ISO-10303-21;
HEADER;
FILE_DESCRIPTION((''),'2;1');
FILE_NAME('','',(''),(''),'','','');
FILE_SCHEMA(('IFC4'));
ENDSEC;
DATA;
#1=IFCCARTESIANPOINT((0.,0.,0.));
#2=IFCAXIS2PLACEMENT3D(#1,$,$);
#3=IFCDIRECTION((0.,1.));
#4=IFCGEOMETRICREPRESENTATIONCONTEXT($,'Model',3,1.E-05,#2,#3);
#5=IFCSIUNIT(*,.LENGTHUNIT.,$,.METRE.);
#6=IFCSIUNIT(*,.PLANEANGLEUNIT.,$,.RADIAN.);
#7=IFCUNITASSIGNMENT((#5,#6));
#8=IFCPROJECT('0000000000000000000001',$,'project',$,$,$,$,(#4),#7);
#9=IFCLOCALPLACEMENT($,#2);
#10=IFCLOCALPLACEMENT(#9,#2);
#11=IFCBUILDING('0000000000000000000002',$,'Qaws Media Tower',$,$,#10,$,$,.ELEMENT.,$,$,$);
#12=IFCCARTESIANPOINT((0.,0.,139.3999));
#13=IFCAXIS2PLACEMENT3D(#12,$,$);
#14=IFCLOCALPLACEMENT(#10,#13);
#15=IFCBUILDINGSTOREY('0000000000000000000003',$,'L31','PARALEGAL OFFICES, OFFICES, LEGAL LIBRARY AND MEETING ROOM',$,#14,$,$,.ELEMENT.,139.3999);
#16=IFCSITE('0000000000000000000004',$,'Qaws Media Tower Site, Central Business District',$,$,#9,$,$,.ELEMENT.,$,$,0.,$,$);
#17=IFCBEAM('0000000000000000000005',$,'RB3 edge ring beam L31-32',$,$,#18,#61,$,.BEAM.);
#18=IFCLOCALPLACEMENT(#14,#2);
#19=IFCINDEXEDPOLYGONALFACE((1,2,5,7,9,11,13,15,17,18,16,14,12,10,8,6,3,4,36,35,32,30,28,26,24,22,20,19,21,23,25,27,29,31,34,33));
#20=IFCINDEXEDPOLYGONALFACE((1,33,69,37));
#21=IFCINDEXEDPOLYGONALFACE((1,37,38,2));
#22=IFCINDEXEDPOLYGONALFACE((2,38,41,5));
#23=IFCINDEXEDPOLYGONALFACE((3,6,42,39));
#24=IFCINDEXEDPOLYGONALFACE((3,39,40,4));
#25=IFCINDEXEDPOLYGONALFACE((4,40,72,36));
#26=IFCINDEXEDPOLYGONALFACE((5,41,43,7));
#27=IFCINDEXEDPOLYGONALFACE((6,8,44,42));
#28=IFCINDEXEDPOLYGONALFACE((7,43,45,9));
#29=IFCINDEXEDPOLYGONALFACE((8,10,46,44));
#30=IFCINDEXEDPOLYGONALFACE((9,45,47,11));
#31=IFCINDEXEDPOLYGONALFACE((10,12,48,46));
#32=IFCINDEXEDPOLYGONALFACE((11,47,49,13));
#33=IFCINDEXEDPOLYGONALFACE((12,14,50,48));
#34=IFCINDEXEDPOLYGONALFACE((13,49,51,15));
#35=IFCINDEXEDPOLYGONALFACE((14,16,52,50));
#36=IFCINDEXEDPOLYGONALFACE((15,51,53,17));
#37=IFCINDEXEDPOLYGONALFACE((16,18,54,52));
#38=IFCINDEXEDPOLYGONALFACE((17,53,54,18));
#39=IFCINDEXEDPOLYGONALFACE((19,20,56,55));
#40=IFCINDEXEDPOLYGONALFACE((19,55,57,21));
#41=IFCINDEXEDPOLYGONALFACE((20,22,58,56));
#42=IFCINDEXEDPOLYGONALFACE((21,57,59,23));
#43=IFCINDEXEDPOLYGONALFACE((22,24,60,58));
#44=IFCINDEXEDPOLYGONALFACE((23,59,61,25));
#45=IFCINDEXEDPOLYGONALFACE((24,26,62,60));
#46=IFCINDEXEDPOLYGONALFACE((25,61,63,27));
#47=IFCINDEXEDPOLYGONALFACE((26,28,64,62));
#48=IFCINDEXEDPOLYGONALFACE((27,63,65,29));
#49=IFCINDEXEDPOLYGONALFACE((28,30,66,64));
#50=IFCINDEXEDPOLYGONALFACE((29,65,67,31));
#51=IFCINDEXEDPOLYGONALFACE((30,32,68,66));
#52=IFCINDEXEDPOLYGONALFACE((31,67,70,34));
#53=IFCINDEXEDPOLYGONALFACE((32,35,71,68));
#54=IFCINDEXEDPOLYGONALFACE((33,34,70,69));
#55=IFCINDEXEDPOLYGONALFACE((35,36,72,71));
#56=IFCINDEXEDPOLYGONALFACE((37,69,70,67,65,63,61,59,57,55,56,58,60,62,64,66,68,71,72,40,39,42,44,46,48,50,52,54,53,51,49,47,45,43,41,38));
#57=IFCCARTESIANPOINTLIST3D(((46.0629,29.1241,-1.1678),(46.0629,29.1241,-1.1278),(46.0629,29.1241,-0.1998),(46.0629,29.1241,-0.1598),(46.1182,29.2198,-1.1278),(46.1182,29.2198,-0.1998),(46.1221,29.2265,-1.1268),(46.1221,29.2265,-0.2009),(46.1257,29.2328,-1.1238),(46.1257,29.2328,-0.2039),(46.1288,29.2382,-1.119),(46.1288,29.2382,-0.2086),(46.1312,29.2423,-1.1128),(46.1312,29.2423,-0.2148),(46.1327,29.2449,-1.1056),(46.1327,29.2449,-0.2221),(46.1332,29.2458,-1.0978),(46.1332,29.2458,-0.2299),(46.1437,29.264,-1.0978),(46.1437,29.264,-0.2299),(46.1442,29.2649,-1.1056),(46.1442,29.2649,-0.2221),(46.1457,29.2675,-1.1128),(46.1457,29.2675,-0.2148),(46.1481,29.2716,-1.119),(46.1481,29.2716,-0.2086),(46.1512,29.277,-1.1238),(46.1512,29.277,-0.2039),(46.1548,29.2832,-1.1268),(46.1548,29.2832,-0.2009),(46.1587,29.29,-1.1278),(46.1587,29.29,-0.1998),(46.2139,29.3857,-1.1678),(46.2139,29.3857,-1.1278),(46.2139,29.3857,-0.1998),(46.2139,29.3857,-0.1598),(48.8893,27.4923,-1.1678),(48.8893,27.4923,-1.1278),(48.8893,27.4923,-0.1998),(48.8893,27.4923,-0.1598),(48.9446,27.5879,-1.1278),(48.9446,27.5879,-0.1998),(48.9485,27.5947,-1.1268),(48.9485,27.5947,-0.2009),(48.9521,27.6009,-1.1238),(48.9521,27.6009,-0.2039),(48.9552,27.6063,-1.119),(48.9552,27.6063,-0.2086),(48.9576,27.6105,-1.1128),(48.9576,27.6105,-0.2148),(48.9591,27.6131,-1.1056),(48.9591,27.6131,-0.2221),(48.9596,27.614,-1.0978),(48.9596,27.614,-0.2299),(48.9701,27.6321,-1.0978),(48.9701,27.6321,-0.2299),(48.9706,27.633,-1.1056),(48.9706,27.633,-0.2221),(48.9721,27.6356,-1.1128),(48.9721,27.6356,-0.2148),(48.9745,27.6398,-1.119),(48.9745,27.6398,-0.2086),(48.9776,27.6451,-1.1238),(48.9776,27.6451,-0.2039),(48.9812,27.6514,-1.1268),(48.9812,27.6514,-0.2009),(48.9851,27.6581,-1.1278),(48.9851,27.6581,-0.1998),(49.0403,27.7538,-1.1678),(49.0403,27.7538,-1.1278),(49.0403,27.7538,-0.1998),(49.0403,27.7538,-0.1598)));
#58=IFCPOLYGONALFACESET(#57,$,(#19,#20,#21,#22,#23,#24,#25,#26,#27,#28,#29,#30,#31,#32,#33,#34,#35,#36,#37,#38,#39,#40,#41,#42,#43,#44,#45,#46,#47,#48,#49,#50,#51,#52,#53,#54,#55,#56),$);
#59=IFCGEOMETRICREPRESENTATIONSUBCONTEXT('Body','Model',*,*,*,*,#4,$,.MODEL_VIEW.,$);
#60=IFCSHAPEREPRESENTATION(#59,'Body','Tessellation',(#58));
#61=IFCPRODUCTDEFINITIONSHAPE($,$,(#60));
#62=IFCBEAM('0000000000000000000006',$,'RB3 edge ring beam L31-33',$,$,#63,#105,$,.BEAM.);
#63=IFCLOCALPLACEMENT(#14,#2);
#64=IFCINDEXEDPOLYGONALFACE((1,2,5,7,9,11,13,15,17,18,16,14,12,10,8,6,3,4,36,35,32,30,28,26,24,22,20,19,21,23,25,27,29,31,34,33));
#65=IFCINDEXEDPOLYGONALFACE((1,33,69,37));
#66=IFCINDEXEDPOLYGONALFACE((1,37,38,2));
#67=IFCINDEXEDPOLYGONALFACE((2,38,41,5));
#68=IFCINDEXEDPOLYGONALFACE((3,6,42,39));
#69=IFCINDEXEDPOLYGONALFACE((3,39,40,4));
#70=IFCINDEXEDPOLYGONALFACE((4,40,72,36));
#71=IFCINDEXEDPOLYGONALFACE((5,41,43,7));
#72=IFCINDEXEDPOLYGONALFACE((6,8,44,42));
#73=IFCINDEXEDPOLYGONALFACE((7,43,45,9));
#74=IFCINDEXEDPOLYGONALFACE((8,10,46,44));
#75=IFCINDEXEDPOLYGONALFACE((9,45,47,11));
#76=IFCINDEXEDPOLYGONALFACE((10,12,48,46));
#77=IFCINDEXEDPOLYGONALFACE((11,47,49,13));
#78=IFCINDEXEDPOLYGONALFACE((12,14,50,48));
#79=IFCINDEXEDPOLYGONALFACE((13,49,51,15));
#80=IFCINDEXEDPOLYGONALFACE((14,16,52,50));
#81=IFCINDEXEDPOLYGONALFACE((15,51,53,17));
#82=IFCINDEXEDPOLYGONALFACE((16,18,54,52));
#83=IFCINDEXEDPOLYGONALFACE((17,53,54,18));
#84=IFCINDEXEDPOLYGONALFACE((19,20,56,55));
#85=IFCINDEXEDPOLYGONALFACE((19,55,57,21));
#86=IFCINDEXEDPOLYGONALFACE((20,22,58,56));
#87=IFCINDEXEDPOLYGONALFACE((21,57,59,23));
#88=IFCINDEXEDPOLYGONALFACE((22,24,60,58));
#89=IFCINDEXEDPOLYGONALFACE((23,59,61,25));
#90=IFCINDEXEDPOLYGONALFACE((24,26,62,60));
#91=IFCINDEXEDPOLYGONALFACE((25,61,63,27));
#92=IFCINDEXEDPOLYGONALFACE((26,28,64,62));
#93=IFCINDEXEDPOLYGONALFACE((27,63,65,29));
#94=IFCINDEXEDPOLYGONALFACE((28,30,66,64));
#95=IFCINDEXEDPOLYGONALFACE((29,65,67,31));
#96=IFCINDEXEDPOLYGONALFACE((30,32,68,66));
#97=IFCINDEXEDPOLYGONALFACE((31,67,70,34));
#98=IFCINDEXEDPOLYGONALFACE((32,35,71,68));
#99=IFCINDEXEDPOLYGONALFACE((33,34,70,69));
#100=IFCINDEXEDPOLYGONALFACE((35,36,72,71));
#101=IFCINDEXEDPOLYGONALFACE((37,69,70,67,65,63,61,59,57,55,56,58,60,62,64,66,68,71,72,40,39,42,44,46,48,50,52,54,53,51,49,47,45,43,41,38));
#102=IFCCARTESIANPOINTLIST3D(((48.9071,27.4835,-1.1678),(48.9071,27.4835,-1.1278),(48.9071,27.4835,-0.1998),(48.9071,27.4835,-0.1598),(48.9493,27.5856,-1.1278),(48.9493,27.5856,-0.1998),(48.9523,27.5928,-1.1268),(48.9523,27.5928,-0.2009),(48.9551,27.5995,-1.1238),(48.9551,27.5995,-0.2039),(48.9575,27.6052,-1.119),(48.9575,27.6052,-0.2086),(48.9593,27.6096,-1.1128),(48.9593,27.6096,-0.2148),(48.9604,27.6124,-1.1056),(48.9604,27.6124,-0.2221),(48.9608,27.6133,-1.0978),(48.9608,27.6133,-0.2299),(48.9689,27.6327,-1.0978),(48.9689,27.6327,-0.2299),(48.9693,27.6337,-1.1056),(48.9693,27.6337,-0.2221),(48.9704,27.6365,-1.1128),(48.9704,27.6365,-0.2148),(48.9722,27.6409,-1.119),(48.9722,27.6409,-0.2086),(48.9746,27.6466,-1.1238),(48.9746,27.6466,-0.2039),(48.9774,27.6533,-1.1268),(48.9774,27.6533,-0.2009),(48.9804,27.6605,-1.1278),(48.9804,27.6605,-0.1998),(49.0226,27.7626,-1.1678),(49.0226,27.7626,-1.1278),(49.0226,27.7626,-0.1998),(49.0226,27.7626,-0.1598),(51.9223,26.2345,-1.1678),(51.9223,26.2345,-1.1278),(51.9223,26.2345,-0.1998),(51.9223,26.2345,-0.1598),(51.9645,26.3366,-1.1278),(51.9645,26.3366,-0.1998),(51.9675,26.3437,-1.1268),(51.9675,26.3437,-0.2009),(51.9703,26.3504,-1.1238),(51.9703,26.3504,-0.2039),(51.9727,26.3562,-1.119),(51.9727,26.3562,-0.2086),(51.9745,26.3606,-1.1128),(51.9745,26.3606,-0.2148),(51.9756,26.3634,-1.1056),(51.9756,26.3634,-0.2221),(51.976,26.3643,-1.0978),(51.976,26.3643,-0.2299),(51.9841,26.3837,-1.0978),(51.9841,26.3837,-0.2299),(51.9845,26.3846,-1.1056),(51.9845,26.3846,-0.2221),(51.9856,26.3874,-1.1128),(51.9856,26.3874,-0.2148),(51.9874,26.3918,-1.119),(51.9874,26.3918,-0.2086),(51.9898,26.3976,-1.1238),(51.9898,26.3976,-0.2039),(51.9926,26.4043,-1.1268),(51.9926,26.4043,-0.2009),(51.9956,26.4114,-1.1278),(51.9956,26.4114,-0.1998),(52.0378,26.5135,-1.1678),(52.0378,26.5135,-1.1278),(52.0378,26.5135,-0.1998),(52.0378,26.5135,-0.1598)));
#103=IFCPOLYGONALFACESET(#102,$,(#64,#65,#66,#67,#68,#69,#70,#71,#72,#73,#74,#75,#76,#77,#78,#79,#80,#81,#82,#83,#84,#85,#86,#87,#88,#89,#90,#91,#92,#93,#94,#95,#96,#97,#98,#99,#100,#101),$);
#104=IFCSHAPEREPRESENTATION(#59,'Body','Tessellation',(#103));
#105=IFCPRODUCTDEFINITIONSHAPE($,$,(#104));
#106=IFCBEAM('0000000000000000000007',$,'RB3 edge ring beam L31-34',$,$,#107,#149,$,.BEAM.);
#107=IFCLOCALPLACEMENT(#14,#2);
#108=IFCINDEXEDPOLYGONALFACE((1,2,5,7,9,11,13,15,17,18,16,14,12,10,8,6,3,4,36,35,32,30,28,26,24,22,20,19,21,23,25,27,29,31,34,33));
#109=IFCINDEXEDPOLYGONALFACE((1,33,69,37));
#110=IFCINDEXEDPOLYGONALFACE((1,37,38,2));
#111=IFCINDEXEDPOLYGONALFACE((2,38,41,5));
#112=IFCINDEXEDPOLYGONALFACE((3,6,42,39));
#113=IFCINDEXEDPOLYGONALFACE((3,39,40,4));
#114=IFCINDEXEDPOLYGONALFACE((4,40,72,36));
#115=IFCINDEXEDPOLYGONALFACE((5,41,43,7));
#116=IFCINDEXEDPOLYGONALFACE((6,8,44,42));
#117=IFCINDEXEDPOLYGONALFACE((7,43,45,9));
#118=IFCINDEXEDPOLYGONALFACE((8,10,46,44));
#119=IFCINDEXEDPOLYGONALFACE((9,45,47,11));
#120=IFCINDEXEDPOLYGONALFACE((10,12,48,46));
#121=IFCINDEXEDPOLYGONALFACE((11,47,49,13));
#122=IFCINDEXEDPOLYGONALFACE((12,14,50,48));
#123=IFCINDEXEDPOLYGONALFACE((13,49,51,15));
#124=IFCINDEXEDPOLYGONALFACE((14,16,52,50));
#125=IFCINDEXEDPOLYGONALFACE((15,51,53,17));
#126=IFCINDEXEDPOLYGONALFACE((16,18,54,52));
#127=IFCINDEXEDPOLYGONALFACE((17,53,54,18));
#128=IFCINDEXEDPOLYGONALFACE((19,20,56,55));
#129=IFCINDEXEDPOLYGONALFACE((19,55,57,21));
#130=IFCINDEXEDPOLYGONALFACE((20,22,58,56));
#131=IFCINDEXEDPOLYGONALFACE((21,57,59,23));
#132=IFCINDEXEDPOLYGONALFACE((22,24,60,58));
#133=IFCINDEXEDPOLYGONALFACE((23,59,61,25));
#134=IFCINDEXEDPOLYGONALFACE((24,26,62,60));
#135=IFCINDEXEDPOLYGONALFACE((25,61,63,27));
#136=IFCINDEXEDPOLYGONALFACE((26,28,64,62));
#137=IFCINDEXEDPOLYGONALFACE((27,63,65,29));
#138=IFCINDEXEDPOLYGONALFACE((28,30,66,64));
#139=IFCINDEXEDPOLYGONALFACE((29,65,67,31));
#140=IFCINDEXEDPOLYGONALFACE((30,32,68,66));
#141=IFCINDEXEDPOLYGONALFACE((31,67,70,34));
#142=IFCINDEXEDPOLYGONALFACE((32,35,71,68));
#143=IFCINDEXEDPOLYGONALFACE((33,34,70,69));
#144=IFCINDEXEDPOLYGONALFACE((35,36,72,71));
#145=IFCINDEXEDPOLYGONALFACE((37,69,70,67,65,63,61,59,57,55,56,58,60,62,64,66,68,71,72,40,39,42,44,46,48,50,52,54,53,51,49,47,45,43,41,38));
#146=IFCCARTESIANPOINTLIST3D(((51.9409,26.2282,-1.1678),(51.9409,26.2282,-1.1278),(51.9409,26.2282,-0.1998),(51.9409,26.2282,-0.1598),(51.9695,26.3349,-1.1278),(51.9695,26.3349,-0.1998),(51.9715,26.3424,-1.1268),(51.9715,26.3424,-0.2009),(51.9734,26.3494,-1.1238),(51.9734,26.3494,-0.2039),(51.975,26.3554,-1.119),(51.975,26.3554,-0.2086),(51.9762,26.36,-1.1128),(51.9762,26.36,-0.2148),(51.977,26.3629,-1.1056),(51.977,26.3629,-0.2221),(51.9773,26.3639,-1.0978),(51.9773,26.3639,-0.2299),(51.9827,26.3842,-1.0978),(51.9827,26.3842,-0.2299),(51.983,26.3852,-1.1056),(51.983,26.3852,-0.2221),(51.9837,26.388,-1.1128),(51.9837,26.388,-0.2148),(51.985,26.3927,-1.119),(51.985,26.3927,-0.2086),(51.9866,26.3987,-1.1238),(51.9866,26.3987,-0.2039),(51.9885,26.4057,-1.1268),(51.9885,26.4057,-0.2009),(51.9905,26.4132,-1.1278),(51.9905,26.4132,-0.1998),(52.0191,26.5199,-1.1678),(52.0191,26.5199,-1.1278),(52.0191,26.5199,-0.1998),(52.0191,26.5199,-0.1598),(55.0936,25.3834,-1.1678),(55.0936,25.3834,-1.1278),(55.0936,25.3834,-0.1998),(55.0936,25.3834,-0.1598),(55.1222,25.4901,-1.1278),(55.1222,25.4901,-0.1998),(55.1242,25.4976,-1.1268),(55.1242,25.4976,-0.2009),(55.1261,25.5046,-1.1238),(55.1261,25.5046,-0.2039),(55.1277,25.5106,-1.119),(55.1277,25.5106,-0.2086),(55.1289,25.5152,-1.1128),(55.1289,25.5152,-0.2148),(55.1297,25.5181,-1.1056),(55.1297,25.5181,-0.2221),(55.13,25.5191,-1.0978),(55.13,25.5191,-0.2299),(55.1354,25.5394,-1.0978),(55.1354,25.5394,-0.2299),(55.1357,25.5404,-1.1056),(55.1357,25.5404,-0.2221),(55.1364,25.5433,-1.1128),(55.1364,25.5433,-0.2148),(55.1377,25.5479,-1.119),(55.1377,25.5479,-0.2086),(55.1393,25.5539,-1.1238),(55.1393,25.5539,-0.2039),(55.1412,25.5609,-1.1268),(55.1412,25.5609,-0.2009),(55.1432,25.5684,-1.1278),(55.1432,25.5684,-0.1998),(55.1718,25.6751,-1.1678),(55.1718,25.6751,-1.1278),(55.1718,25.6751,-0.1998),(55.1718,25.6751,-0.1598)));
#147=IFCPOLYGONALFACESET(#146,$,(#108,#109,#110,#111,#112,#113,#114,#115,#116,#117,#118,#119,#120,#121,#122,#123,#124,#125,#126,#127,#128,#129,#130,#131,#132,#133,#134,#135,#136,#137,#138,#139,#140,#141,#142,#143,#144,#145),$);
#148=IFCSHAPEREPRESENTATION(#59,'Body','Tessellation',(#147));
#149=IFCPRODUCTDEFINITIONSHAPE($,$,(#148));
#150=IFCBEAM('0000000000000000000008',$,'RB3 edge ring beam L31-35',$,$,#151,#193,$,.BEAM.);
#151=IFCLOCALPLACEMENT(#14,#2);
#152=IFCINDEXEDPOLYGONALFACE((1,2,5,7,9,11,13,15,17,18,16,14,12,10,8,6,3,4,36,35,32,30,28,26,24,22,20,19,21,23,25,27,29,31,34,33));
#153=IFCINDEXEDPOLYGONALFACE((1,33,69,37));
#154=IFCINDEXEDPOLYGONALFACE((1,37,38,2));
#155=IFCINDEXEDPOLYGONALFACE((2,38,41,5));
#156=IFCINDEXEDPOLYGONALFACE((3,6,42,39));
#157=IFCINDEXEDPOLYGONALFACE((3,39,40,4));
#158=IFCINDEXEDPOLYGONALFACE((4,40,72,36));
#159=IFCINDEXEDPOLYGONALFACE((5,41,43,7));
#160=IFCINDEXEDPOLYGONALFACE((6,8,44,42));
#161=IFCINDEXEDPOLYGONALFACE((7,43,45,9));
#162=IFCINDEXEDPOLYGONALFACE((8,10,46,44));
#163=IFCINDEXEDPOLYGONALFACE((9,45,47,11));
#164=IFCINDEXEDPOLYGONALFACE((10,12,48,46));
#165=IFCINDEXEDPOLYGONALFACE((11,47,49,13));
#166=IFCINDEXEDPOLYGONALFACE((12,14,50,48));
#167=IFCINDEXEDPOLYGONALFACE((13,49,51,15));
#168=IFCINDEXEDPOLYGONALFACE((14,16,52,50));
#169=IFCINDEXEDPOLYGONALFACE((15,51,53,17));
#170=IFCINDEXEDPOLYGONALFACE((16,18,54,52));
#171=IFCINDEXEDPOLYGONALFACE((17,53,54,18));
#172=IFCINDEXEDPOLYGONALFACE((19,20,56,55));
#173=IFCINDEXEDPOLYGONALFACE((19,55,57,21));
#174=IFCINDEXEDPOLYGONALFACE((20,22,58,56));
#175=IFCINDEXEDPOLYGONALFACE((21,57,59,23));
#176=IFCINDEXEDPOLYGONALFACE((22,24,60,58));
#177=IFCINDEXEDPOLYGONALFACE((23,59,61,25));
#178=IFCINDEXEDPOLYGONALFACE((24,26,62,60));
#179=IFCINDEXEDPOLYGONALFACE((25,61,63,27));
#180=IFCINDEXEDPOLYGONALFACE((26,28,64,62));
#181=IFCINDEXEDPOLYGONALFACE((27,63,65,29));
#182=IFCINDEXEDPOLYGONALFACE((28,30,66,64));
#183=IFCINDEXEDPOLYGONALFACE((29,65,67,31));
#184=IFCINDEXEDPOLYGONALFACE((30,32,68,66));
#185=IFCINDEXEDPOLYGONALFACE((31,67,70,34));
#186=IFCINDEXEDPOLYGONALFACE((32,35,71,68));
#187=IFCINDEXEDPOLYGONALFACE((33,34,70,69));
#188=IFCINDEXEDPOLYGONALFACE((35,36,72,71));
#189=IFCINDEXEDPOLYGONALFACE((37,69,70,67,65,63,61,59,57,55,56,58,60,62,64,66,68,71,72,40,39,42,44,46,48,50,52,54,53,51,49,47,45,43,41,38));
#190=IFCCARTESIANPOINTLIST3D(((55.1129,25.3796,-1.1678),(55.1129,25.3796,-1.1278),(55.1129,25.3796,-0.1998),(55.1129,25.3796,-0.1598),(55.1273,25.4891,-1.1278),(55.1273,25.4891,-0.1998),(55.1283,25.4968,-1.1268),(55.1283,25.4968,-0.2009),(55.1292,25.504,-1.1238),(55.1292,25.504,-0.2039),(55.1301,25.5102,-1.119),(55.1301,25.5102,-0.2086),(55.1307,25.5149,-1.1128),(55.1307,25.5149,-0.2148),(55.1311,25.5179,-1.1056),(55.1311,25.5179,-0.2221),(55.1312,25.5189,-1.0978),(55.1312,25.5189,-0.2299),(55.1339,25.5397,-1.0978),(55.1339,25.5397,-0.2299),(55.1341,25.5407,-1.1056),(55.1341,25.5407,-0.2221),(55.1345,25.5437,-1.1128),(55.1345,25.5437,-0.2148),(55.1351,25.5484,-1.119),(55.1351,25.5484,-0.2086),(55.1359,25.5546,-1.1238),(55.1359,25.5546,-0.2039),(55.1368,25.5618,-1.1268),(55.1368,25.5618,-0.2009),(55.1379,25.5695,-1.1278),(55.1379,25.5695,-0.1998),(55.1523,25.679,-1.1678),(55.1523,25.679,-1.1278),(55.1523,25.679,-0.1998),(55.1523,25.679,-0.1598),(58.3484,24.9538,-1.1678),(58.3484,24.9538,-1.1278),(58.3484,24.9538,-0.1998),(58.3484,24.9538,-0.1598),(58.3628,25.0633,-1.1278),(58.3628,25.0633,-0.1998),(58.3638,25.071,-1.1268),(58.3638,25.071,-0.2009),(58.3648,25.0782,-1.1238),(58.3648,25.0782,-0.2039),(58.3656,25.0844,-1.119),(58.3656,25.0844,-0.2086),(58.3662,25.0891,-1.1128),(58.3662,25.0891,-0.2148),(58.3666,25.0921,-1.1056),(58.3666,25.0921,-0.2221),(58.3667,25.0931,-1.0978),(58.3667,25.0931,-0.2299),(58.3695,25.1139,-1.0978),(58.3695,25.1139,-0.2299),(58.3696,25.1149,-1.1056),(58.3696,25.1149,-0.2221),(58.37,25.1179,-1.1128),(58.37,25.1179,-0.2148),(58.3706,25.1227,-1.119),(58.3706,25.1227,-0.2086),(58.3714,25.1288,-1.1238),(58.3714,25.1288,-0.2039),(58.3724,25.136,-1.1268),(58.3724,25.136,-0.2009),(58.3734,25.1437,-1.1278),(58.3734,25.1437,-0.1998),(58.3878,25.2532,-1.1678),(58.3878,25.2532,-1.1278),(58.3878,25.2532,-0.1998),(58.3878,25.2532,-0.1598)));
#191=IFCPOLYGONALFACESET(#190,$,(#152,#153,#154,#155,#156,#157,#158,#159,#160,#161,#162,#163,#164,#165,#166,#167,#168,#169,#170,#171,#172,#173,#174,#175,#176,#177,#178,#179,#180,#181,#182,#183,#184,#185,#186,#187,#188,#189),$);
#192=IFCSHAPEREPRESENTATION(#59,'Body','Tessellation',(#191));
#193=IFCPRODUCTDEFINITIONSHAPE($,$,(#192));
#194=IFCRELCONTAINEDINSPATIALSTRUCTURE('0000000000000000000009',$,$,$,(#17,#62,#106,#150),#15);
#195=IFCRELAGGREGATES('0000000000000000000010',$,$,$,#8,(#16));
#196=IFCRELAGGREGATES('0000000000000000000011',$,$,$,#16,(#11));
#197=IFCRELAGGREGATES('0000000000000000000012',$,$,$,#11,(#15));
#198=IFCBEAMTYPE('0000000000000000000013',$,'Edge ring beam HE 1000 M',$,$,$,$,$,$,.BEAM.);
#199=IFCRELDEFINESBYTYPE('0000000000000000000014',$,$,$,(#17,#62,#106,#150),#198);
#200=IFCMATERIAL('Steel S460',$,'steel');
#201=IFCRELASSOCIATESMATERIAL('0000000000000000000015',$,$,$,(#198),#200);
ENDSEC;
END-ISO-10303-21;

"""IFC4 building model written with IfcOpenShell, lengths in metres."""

from ifc_helpers import new_model, si_unit, direction, frame, origin, origin_2d, place, context, subcontext, project, spatial, i_section, extrude, material, material_profile, profile_set, type_object, element, save


model = new_model("IFC4")

# Units and contexts
model_context = context("Model", 3, precision=1e-05, world=origin(), true_north=direction((0.0, 1.0)))
body_context = subcontext(model_context, "Body", "Model", "MODEL_VIEW")
ifc_project = project(units=[si_unit("LENGTHUNIT", "METRE"), si_unit("PLANEANGLEUNIT", "RADIAN")], contexts=[model_context])

# Site, building, storey
site_placement = place(None, origin())
site = spatial("IfcSite", under=ifc_project, at=site_placement, Name="Qaws Media Tower Site, Central Business District", CompositionType="ELEMENT", RefElevation=0.0)
building_placement = place(site_placement, origin())
building = spatial("IfcBuilding", under=site, at=building_placement, Name="Qaws Media Tower", CompositionType="ELEMENT")
storey_placement = place(building_placement, frame((0.0, 0.0, 139.3999)))
storey = spatial("IfcBuildingStorey", under=building, at=storey_placement, Name="L31", Description="PARALEGAL OFFICES, OFFICES, LEGAL LIBRARY AND MEETING ROOM", CompositionType="ELEMENT", Elevation=139.3999)

# Beams
ifc_material_1 = material(Name="Steel S460", Category="steel")
ifc_material_profile_1 = material_profile(ifc_material_1, i_section(OverallWidth=0.302, OverallDepth=1.0081, WebThickness=0.021, FlangeThickness=0.04, FilletRadius=0.03, at=origin_2d()), Name="HE 1000 M")
ifc_profile_set_1 = profile_set([ifc_material_profile_1], Name="Steel S460")
beam_type = type_object("IfcBeamType", Name="Edge ring beam HE 1000 M", PredefinedType="BEAM", material=ifc_profile_set_1)
for number, where, z_axis, x_axis, name in (
    (1, (46.1384, 29.2549, -0.6638), (0.866025, -0.500001, 0.0), (0.500001, 0.866025, 0.0), "RB3 edge ring beam L31-32"),
    (2, (48.9648, 27.623, -0.6638), (0.923867, -0.382713, 0.0), (0.382713, 0.923867, 0.0), "RB3 edge ring beam L31-33"),
):
    element("IfcBeam", number, at=place(storey_placement, frame(where, z_axis=z_axis, x_axis=x_axis)), inside=storey, type_object=beam_type, Name=name, PredefinedType="BEAM", context=body_context, shape_type="SweptSolid", body=[
        extrude(i_section(OverallWidth=0.302, OverallDepth=1.0081, WebThickness=0.021, FlangeThickness=0.04, FilletRadius=0.03, at=origin_2d()), origin(), (0.0, 0.0, 1.0), 3.2637),
    ])
beam_1_placement = place(storey_placement, frame((51.98, 26.374, -0.6638), z_axis=(0.965926, -0.258817, 0.0), x_axis=(0.258817, 0.965926, 0.0)))
element("IfcBeam", 3, at=beam_1_placement, inside=storey, type_object=beam_type, Name="RB3 edge ring beam L31-34", PredefinedType="BEAM", context=body_context, shape_type="SweptSolid", body=[
    extrude(i_section(OverallWidth=0.302, OverallDepth=1.0081, WebThickness=0.021, FlangeThickness=0.04, FilletRadius=0.03, at=origin_2d()), origin(), (0.0, 0.0, 1.0), 3.2639),
])
beam_2_placement = place(storey_placement, frame((55.1326, 25.5293, -0.6638), z_axis=(0.991453, -0.130468, 0.0), x_axis=(0.130468, 0.991453, 0.0)))
element("IfcBeam", 4, at=beam_2_placement, inside=storey, type_object=beam_type, Name="RB3 edge ring beam L31-35", PredefinedType="BEAM", context=body_context, shape_type="SweptSolid", body=[
    extrude(i_section(OverallWidth=0.302, OverallDepth=1.0081, WebThickness=0.021, FlangeThickness=0.04, FilletRadius=0.03, at=origin_2d()), origin(), (0.0, 0.0, 1.0), 3.2634),
])

save(model, "model.ifc")
